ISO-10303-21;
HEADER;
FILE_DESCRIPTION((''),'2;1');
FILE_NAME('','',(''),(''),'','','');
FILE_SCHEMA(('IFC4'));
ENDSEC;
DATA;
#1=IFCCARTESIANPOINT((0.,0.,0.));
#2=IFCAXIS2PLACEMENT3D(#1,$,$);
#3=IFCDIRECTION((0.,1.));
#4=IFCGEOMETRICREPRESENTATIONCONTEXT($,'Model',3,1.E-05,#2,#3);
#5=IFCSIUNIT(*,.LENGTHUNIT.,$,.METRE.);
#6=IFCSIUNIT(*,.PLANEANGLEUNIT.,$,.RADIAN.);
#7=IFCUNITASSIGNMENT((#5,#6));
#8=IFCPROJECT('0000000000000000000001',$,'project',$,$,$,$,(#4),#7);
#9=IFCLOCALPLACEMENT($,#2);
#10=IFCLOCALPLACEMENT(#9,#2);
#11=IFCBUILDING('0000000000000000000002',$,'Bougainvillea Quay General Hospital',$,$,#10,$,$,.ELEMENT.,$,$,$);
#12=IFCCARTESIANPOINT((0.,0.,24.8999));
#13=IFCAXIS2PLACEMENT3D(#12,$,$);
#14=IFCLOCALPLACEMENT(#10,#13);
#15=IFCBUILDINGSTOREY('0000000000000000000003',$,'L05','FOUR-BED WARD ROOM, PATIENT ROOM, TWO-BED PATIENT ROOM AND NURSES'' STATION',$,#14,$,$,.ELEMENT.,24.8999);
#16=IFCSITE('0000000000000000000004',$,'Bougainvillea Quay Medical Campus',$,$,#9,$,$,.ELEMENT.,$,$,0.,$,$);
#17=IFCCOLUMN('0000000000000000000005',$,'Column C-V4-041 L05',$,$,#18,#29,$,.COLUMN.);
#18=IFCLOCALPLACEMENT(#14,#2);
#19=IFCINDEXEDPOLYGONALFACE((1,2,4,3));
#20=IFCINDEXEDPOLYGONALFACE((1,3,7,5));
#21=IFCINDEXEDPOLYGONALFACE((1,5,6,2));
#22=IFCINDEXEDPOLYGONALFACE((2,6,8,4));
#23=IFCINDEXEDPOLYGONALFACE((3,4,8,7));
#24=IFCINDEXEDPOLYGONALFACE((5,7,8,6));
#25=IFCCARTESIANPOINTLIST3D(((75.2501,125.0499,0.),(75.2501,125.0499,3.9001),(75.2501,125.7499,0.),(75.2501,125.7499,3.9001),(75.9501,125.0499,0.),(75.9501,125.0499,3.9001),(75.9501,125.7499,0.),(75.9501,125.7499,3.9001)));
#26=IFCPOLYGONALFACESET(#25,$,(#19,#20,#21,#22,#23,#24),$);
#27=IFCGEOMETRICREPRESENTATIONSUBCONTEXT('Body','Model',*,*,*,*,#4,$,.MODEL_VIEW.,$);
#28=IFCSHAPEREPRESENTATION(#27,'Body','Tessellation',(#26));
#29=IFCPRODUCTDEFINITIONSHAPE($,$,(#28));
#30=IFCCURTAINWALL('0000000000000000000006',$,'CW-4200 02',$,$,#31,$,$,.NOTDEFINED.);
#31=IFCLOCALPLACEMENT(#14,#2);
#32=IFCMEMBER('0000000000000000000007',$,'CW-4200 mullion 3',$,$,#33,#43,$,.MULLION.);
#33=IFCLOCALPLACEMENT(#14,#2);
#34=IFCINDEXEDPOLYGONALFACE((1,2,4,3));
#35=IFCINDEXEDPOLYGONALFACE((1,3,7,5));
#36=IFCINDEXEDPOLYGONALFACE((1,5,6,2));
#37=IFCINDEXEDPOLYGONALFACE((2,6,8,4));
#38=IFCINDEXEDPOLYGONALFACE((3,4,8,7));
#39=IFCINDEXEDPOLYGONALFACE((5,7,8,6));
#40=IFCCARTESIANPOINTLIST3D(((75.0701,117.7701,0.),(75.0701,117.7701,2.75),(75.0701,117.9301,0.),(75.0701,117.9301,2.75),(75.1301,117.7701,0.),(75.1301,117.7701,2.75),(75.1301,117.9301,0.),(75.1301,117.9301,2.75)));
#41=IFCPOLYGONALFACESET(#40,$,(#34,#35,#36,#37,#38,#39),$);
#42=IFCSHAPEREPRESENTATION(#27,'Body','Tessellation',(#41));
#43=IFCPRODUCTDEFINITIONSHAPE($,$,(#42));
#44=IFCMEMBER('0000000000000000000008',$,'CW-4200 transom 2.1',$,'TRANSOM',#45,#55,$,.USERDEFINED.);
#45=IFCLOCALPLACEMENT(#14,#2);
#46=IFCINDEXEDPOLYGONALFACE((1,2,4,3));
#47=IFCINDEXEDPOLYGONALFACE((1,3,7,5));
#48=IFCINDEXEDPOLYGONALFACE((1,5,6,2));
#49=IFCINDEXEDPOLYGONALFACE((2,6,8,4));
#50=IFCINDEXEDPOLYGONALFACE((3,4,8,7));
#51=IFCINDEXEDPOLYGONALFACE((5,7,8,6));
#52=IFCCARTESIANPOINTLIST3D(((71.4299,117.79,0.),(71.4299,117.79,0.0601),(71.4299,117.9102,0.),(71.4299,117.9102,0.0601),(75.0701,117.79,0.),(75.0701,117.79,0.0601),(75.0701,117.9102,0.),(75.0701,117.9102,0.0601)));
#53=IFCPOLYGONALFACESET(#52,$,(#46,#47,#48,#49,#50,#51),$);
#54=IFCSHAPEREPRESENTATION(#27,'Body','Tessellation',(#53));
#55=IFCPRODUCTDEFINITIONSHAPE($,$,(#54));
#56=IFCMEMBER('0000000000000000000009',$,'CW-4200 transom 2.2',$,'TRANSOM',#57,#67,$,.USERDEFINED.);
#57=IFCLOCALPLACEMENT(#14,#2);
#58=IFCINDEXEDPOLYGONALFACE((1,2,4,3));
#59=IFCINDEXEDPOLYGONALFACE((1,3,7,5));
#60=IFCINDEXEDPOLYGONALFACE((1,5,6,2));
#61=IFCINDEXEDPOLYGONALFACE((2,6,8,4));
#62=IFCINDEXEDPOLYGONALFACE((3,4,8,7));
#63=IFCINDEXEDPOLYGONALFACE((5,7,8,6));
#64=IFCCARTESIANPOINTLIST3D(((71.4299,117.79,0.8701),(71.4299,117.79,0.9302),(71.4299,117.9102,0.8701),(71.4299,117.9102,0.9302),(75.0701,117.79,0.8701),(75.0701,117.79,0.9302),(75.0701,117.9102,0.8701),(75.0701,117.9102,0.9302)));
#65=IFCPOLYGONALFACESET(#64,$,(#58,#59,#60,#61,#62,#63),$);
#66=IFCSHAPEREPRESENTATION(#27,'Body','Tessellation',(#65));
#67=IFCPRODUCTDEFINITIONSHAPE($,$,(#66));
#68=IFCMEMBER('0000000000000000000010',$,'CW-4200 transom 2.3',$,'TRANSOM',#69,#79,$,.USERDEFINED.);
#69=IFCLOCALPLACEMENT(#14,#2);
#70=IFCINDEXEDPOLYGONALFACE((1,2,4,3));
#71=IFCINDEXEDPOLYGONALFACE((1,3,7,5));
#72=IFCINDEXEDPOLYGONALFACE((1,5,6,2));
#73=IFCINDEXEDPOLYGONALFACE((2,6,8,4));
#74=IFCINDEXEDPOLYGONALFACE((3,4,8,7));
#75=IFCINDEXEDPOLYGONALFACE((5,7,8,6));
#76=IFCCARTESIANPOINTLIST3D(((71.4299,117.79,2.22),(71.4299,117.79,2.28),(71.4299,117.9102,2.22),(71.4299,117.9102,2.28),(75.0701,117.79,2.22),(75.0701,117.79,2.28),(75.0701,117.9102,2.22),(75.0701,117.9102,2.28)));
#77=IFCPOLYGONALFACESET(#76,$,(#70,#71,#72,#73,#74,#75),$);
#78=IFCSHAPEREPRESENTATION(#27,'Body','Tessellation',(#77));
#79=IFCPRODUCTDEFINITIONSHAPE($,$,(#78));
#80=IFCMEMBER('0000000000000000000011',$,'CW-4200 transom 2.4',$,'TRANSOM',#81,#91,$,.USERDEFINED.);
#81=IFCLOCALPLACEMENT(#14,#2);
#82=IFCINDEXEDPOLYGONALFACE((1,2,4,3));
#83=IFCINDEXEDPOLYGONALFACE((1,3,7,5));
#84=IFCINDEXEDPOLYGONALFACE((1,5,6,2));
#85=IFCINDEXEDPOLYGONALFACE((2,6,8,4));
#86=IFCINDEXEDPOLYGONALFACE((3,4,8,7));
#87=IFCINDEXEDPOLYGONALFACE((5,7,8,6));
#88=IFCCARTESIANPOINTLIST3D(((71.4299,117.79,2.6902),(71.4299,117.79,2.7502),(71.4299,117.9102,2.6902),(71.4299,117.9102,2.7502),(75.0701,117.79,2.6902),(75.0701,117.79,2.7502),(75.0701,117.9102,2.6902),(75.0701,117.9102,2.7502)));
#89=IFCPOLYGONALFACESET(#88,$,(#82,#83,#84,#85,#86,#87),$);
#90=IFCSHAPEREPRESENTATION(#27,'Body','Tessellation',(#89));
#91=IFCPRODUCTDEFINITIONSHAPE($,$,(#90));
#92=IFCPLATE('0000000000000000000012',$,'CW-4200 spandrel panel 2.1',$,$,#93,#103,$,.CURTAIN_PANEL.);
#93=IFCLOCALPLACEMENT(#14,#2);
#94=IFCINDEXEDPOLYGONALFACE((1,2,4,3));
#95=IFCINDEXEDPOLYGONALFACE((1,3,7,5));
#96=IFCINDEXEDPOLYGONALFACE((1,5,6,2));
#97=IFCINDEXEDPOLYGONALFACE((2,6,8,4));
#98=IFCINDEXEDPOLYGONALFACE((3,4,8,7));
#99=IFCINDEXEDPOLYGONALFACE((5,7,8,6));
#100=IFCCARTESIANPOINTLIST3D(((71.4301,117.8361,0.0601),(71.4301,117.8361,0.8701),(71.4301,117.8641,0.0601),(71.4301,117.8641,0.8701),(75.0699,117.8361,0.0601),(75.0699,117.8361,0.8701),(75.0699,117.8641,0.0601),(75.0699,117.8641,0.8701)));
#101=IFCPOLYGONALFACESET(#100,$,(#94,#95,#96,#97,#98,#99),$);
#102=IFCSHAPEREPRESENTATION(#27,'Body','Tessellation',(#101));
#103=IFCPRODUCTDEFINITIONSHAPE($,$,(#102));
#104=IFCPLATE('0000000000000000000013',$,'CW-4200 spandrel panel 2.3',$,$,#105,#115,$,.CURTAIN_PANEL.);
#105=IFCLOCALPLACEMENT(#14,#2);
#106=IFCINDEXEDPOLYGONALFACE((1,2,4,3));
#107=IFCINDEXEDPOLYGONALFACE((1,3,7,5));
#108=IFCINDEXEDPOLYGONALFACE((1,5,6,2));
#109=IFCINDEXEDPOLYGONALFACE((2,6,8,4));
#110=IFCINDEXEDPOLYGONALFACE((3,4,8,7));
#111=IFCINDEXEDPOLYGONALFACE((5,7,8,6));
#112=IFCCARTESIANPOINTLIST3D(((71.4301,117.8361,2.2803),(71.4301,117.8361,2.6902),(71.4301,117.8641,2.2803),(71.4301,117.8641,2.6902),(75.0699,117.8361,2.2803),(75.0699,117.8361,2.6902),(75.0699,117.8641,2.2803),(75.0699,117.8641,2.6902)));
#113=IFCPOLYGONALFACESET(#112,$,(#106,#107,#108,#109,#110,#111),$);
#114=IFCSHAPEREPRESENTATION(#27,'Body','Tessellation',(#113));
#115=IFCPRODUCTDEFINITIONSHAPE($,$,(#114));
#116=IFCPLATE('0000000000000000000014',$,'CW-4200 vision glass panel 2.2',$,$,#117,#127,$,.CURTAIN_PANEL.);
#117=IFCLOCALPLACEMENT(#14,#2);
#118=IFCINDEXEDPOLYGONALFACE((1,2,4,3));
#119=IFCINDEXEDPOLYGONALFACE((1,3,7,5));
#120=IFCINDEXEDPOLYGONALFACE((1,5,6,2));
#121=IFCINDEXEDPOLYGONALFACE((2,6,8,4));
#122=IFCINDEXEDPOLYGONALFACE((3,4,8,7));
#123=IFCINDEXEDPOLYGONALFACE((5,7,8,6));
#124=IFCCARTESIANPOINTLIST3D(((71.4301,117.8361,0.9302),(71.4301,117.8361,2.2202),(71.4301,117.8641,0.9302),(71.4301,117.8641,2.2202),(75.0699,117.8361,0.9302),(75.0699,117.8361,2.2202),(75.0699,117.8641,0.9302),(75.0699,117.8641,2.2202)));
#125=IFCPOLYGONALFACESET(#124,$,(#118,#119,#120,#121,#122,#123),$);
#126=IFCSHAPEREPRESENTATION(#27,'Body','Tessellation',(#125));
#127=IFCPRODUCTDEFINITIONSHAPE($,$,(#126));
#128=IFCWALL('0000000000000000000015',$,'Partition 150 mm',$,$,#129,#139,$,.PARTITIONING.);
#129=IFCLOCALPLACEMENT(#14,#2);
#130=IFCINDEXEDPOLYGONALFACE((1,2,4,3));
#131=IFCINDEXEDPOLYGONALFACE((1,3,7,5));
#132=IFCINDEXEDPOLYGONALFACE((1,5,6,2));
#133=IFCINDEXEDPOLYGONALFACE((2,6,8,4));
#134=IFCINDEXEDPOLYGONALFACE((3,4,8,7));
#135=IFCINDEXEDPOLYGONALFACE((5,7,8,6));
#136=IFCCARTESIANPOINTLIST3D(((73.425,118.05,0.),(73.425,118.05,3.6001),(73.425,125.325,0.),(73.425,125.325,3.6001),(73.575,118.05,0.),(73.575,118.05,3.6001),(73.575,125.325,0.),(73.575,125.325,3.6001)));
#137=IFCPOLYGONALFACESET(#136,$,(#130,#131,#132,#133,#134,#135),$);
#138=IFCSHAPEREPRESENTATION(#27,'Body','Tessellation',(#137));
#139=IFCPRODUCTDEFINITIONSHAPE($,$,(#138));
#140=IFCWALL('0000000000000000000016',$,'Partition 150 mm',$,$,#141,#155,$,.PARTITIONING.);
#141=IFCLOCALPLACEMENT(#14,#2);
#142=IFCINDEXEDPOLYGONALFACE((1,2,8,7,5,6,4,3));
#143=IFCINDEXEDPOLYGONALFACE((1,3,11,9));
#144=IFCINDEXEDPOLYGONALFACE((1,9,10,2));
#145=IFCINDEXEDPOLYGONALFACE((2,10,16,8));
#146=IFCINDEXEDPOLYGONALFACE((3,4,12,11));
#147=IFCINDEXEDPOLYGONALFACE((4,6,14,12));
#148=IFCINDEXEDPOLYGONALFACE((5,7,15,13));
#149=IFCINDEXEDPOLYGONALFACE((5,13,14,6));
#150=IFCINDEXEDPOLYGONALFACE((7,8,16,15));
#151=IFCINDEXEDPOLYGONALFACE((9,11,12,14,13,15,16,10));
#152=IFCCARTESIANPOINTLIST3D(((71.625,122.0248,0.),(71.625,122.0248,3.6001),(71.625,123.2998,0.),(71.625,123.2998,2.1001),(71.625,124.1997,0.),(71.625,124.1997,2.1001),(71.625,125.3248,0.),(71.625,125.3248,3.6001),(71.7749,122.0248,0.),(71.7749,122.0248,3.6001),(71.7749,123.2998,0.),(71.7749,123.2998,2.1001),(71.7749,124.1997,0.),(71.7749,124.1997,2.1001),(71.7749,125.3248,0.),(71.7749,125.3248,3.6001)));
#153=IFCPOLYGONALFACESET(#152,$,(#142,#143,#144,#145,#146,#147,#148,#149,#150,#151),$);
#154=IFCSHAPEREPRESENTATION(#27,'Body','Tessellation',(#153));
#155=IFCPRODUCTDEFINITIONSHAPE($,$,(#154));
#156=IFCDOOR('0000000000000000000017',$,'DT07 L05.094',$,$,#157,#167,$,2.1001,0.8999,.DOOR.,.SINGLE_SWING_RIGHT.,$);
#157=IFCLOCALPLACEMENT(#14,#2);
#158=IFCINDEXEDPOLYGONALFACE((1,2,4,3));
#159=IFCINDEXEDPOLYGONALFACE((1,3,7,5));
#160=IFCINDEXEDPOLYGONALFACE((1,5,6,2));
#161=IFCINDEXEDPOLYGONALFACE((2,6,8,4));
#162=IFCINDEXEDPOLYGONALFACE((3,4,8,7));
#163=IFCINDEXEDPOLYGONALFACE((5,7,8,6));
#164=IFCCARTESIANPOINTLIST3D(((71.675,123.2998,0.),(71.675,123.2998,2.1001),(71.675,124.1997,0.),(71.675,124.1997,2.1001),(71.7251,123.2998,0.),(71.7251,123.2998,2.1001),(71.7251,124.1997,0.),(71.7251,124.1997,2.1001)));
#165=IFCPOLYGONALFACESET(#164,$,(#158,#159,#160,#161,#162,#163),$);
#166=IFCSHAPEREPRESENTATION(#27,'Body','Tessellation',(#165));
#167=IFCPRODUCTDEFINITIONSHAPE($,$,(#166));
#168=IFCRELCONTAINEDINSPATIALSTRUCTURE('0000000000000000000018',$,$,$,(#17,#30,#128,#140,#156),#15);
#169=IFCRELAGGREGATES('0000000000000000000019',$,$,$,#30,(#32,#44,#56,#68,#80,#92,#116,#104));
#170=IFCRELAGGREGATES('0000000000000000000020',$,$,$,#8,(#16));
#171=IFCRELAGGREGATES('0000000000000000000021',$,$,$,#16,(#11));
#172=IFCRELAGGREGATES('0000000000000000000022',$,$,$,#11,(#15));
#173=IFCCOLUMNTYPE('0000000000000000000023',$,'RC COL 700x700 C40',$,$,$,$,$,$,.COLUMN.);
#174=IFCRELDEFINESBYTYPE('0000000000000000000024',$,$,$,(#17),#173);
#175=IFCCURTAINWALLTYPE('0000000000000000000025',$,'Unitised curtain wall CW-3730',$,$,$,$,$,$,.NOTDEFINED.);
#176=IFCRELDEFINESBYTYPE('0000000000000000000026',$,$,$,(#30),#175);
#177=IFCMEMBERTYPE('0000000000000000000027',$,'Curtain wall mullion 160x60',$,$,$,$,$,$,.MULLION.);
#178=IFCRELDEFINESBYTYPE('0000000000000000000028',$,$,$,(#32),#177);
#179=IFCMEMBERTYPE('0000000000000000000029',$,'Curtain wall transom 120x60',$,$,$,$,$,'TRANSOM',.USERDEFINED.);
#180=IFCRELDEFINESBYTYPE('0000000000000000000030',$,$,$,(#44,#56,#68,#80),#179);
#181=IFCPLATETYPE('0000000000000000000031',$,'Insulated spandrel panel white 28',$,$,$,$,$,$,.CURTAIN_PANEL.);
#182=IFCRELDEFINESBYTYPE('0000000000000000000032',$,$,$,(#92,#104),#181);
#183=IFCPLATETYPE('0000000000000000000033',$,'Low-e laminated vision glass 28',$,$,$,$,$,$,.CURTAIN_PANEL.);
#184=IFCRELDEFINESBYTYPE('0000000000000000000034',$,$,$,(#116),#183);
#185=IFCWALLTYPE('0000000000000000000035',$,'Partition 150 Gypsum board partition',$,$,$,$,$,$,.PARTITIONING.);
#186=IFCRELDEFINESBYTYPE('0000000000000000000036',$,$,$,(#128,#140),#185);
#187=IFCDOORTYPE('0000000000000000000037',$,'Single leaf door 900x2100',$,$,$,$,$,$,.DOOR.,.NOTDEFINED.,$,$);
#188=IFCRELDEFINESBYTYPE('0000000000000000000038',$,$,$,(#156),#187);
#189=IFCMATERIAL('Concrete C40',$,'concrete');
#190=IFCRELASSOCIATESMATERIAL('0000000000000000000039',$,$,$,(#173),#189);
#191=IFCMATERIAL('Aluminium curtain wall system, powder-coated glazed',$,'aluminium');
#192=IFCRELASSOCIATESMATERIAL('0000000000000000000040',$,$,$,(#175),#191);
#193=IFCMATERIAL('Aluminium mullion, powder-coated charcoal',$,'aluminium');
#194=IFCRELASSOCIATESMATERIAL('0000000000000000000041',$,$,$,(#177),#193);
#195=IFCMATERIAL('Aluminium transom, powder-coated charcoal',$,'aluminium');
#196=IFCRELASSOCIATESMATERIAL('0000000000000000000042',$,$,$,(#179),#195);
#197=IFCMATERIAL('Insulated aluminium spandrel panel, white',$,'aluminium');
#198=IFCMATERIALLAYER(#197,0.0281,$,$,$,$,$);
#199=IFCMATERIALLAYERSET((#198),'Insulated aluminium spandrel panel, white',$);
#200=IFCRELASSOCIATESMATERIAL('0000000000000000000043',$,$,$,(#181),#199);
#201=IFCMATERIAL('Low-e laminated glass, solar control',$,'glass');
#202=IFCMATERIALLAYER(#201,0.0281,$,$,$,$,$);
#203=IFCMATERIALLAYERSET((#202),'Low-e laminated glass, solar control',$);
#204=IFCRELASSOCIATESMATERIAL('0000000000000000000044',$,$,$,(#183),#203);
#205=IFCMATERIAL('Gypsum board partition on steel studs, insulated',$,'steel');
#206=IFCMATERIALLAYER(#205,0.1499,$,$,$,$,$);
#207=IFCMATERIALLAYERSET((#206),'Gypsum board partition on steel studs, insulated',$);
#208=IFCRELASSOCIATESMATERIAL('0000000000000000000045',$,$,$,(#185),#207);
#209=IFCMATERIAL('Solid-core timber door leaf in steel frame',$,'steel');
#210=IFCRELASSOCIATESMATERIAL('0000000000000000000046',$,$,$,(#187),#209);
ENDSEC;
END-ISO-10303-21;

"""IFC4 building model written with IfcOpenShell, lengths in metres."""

from ifc_helpers import new_model, si_unit, direction, frame, frame_2d, origin, origin_2d, place, context, subcontext, project, spatial, rectangle, extrude, material, layer, layer_set, material_profile, profile_set, type_object, element, fill, aggregate, save


model = new_model("IFC4")

# Units and contexts
model_context = context("Model", 3, precision=1e-05, world=origin(), true_north=direction((0.0, 1.0)))
body_context = subcontext(model_context, "Body", "Model", "MODEL_VIEW")
ifc_project = project(units=[si_unit("LENGTHUNIT", "METRE"), si_unit("PLANEANGLEUNIT", "RADIAN")], contexts=[model_context])

# Site, building, storey
site_placement = place(None, origin())
site = spatial("IfcSite", under=ifc_project, at=site_placement, Name="Bougainvillea Quay Medical Campus", CompositionType="ELEMENT", RefElevation=0.0)
building_placement = place(site_placement, origin())
building = spatial("IfcBuilding", under=site, at=building_placement, Name="Bougainvillea Quay General Hospital", CompositionType="ELEMENT")
storey_placement = place(building_placement, frame((0.0, 0.0, 24.8999)))
storey = spatial("IfcBuildingStorey", under=building, at=storey_placement, Name="L05", Description="FOUR-BED WARD ROOM, PATIENT ROOM, TWO-BED PATIENT ROOM AND NURSES' STATION", CompositionType="ELEMENT", Elevation=24.8999)

# Column
ifc_material_1 = material(Name="Concrete C40", Category="concrete")
ifc_material_profile_1 = material_profile(ifc_material_1, rectangle(XDim=0.7, YDim=0.7, at=origin_2d()))
ifc_profile_set_1 = profile_set([ifc_material_profile_1], Name="Concrete C40")
column_type = type_object("IfcColumnType", Name="RC COL 700x700 C40", PredefinedType="COLUMN", material=ifc_profile_set_1)
column_placement = place(storey_placement, frame((75.6001, 125.3999, 0.0), z_axis=(0.0, 0.0, 1.0), x_axis=(1.0, 0.0, 0.0)))
element("IfcColumn", 1, at=column_placement, inside=storey, type_object=column_type, Name="Column C-V4-041 L05", PredefinedType="COLUMN", context=body_context, shape_type="SweptSolid", body=[
    extrude(rectangle(XDim=0.7, YDim=0.7, at=origin_2d()), origin(), (0.0, 0.0, 1.0), 3.9001),
])

# Curtain wall, members, plates
ifc_material_2 = material(Name="Aluminium curtain wall system, powder-coated glazed", Category="aluminium")
curtain_wall_type = type_object("IfcCurtainWallType", Name="Unitised curtain wall CW-3730", PredefinedType="NOTDEFINED", material=ifc_material_2)
curtain_wall_placement = place(storey_placement, origin())
curtain_wall = element("IfcCurtainWall", 2, at=curtain_wall_placement, inside=storey, type_object=curtain_wall_type, Name="CW-4200 02", PredefinedType="NOTDEFINED")
ifc_material_3 = material(Name="Aluminium mullion, powder-coated charcoal", Category="aluminium")
ifc_material_profile_2 = material_profile(ifc_material_3, rectangle(XDim=0.1599, YDim=0.0601, at=origin_2d()))
ifc_profile_set_2 = profile_set([ifc_material_profile_2], Name="Aluminium mullion, powder-coated charcoal")
member_type_1 = type_object("IfcMemberType", Name="Curtain wall mullion 160x60", PredefinedType="MULLION", material=ifc_profile_set_2)
member_1_placement = place(storey_placement, frame((75.1001, 117.8501, 0.0), z_axis=(0.0, 0.0, 1.0), x_axis=(0.0, 1.0, 0.0)))
member_1 = element("IfcMember", 3, at=member_1_placement, type_object=member_type_1, Name="CW-4200 mullion 3", PredefinedType="MULLION", context=body_context, shape_type="SweptSolid", body=[
    extrude(rectangle(XDim=0.1599, YDim=0.0601, at=origin_2d()), origin(), (0.0, 0.0, 1.0), 2.75),
])
ifc_material_4 = material(Name="Aluminium transom, powder-coated charcoal", Category="aluminium")
ifc_material_profile_3 = material_profile(ifc_material_4, rectangle(XDim=0.1201, YDim=0.0601, at=origin_2d()))
ifc_profile_set_3 = profile_set([ifc_material_profile_3], Name="Aluminium transom, powder-coated charcoal")
member_type_2 = type_object("IfcMemberType", Name="Curtain wall transom 120x60", ElementType="TRANSOM", PredefinedType="USERDEFINED", material=ifc_profile_set_3)
member_2_placement = place(storey_placement, frame((71.4299, 117.8501, 0.03), z_axis=(1.0, 0.0, 0.0), x_axis=(0.0, 1.0, 0.0)))
member_2 = element("IfcMember", 4, at=member_2_placement, type_object=member_type_2, Name="CW-4200 transom 2.1", ObjectType="TRANSOM", PredefinedType="USERDEFINED", context=body_context, shape_type="SweptSolid", body=[
    extrude(rectangle(XDim=0.1201, YDim=0.0601, at=origin_2d()), origin(), (0.0, 0.0, 1.0), 3.6401),
])
member_3_placement = place(storey_placement, frame((71.4299, 117.8501, 0.9001), z_axis=(1.0, 0.0, 0.0), x_axis=(0.0, 1.0, 0.0)))
member_3 = element("IfcMember", 5, at=member_3_placement, type_object=member_type_2, Name="CW-4200 transom 2.2", ObjectType="TRANSOM", PredefinedType="USERDEFINED", context=body_context, shape_type="SweptSolid", body=[
    extrude(rectangle(XDim=0.1201, YDim=0.0601, at=origin_2d()), origin(), (0.0, 0.0, 1.0), 3.6401),
])
member_4_placement = place(storey_placement, frame((71.4299, 117.8501, 2.25), z_axis=(1.0, 0.0, 0.0), x_axis=(0.0, 1.0, 0.0)))
member_4 = element("IfcMember", 6, at=member_4_placement, type_object=member_type_2, Name="CW-4200 transom 2.3", ObjectType="TRANSOM", PredefinedType="USERDEFINED", context=body_context, shape_type="SweptSolid", body=[
    extrude(rectangle(XDim=0.1201, YDim=0.0601, at=origin_2d()), origin(), (0.0, 0.0, 1.0), 3.6401),
])
member_5_placement = place(storey_placement, frame((71.4299, 117.8501, 2.7202), z_axis=(1.0, 0.0, 0.0), x_axis=(0.0, 1.0, 0.0)))
member_5 = element("IfcMember", 7, at=member_5_placement, type_object=member_type_2, Name="CW-4200 transom 2.4", ObjectType="TRANSOM", PredefinedType="USERDEFINED", context=body_context, shape_type="SweptSolid", body=[
    extrude(rectangle(XDim=0.1201, YDim=0.0601, at=origin_2d()), origin(), (0.0, 0.0, 1.0), 3.6401),
])
ifc_material_5 = material(Name="Insulated aluminium spandrel panel, white", Category="aluminium")
ifc_layer_1 = layer(ifc_material_5, 0.0281)
ifc_layer_set_1 = layer_set([ifc_layer_1], Name="Insulated aluminium spandrel panel, white")
plate_type_1 = type_object("IfcPlateType", Name="Insulated spandrel panel white 28", PredefinedType="CURTAIN_PANEL", material=ifc_layer_set_1)
plate_1_placement = place(storey_placement, frame((73.25, 117.8501, 0.0601), z_axis=(0.0, 0.0, 1.0), x_axis=(1.0, 0.0, 0.0)))
plate_1 = element("IfcPlate", 8, at=plate_1_placement, type_object=plate_type_1, Name="CW-4200 spandrel panel 2.1", PredefinedType="CURTAIN_PANEL", context=body_context, shape_type="SweptSolid", body=[
    extrude(rectangle(XDim=3.6399, YDim=0.0281, at=origin_2d()), origin(), (0.0, 0.0, 1.0), 0.8101),
])
plate_2_placement = place(storey_placement, frame((73.25, 117.8501, 2.2803), z_axis=(0.0, 0.0, 1.0), x_axis=(1.0, 0.0, 0.0)))
plate_2 = element("IfcPlate", 9, at=plate_2_placement, type_object=plate_type_1, Name="CW-4200 spandrel panel 2.3", PredefinedType="CURTAIN_PANEL", context=body_context, shape_type="SweptSolid", body=[
    extrude(rectangle(XDim=3.6399, YDim=0.0281, at=origin_2d()), origin(), (0.0, 0.0, 1.0), 0.4099),
])
ifc_material_6 = material(Name="Low-e laminated glass, solar control", Category="glass")
ifc_layer_2 = layer(ifc_material_6, 0.0281)
ifc_layer_set_2 = layer_set([ifc_layer_2], Name="Low-e laminated glass, solar control")
plate_type_2 = type_object("IfcPlateType", Name="Low-e laminated vision glass 28", PredefinedType="CURTAIN_PANEL", material=ifc_layer_set_2)
plate_3_placement = place(storey_placement, frame((73.25, 117.8501, 0.9302), z_axis=(0.0, 0.0, 1.0), x_axis=(1.0, 0.0, 0.0)))
plate_3 = element("IfcPlate", 10, at=plate_3_placement, type_object=plate_type_2, Name="CW-4200 vision glass panel 2.2", PredefinedType="CURTAIN_PANEL", context=body_context, shape_type="SweptSolid", body=[
    extrude(rectangle(XDim=3.6399, YDim=0.0281, at=origin_2d()), origin(), (0.0, 0.0, 1.0), 1.29),
])
aggregate(curtain_wall, [member_1, member_2, member_3, member_4, member_5, plate_1, plate_3, plate_2])

# Wall
ifc_material_7 = material(Name="Gypsum board partition on steel studs, insulated", Category="steel")
ifc_layer_3 = layer(ifc_material_7, 0.1499)
ifc_layer_set_3 = layer_set([ifc_layer_3], Name="Gypsum board partition on steel studs, insulated")
wall_type_1 = type_object("IfcWallType", Name="Partition 150 Gypsum board partition", PredefinedType="PARTITIONING", material=ifc_layer_set_3)
wall_1_placement = place(storey_placement, frame((73.5, 118.05, 0.0), z_axis=(0.0, 0.0, 1.0), x_axis=(0.0, 1.0, 0.0)))
element("IfcWall", 11, at=wall_1_placement, inside=storey, type_object=wall_type_1, Name="Partition 150 mm", PredefinedType="PARTITIONING", context=body_context, shape_type="SweptSolid", body=[
    extrude(rectangle(XDim=7.2749, YDim=0.1499, at=frame_2d((3.6375, 0.0))), origin(), (0.0, 0.0, 1.0), 3.6001),
])

# Wall, opening, door
wall_2_placement = place(storey_placement, frame((71.7, 122.0249, 0.0), z_axis=(0.0, 0.0, 1.0), x_axis=(0.0, 1.0, 0.0)))
wall_2 = element("IfcWall", 12, at=wall_2_placement, inside=storey, type_object=wall_type_1, Name="Partition 150 mm", PredefinedType="PARTITIONING", context=body_context, shape_type="SweptSolid", body=[
    extrude(rectangle(XDim=3.3, YDim=0.1499, at=frame_2d((1.6499, 0.0))), origin(), (0.0, 0.0, 1.0), 3.6001),
])
opening_1_placement = place(wall_2_placement, frame((1.2749, 0.0, 0.0)))
opening_1 = element("IfcOpeningElement", 13, at=opening_1_placement, cuts=wall_2, PredefinedType="OPENING", context=body_context, shape_type="SweptSolid", body=[
    extrude(rectangle(XDim=0.8999, YDim=2.1001, at=frame_2d((0.45, 1.05))), frame((0.0, 0.085, 0.0), z_axis=(0.0, -1.0, 0.0), x_axis=(1.0, 0.0, 0.0)), (0.0, 0.0, 1.0), 0.1699),
])
ifc_material_8 = material(Name="Solid-core timber door leaf in steel frame", Category="steel")
door_type_1 = type_object("IfcDoorType", Name="Single leaf door 900x2100", OperationType="NOTDEFINED", PredefinedType="DOOR", material=ifc_material_8)
door_1_placement = place(opening_1_placement, origin())
door_1 = element("IfcDoor", 14, at=door_1_placement, inside=storey, type_object=door_type_1, Name="DT07 L05.094", OperationType="SINGLE_SWING_RIGHT", OverallHeight=2.1001, OverallWidth=0.8999, PredefinedType="DOOR", context=body_context, shape_type="SweptSolid", body=[
    extrude(rectangle(XDim=0.8999, YDim=2.1001, at=frame_2d((0.45, 1.05))), frame((0.0, 0.0249, 0.0), z_axis=(0.0, -1.0, 0.0), x_axis=(1.0, 0.0, 0.0)), (0.0, 0.0, 1.0), 0.05),
])
fill(opening_1, door_1)

save(model, "model.ifc")
